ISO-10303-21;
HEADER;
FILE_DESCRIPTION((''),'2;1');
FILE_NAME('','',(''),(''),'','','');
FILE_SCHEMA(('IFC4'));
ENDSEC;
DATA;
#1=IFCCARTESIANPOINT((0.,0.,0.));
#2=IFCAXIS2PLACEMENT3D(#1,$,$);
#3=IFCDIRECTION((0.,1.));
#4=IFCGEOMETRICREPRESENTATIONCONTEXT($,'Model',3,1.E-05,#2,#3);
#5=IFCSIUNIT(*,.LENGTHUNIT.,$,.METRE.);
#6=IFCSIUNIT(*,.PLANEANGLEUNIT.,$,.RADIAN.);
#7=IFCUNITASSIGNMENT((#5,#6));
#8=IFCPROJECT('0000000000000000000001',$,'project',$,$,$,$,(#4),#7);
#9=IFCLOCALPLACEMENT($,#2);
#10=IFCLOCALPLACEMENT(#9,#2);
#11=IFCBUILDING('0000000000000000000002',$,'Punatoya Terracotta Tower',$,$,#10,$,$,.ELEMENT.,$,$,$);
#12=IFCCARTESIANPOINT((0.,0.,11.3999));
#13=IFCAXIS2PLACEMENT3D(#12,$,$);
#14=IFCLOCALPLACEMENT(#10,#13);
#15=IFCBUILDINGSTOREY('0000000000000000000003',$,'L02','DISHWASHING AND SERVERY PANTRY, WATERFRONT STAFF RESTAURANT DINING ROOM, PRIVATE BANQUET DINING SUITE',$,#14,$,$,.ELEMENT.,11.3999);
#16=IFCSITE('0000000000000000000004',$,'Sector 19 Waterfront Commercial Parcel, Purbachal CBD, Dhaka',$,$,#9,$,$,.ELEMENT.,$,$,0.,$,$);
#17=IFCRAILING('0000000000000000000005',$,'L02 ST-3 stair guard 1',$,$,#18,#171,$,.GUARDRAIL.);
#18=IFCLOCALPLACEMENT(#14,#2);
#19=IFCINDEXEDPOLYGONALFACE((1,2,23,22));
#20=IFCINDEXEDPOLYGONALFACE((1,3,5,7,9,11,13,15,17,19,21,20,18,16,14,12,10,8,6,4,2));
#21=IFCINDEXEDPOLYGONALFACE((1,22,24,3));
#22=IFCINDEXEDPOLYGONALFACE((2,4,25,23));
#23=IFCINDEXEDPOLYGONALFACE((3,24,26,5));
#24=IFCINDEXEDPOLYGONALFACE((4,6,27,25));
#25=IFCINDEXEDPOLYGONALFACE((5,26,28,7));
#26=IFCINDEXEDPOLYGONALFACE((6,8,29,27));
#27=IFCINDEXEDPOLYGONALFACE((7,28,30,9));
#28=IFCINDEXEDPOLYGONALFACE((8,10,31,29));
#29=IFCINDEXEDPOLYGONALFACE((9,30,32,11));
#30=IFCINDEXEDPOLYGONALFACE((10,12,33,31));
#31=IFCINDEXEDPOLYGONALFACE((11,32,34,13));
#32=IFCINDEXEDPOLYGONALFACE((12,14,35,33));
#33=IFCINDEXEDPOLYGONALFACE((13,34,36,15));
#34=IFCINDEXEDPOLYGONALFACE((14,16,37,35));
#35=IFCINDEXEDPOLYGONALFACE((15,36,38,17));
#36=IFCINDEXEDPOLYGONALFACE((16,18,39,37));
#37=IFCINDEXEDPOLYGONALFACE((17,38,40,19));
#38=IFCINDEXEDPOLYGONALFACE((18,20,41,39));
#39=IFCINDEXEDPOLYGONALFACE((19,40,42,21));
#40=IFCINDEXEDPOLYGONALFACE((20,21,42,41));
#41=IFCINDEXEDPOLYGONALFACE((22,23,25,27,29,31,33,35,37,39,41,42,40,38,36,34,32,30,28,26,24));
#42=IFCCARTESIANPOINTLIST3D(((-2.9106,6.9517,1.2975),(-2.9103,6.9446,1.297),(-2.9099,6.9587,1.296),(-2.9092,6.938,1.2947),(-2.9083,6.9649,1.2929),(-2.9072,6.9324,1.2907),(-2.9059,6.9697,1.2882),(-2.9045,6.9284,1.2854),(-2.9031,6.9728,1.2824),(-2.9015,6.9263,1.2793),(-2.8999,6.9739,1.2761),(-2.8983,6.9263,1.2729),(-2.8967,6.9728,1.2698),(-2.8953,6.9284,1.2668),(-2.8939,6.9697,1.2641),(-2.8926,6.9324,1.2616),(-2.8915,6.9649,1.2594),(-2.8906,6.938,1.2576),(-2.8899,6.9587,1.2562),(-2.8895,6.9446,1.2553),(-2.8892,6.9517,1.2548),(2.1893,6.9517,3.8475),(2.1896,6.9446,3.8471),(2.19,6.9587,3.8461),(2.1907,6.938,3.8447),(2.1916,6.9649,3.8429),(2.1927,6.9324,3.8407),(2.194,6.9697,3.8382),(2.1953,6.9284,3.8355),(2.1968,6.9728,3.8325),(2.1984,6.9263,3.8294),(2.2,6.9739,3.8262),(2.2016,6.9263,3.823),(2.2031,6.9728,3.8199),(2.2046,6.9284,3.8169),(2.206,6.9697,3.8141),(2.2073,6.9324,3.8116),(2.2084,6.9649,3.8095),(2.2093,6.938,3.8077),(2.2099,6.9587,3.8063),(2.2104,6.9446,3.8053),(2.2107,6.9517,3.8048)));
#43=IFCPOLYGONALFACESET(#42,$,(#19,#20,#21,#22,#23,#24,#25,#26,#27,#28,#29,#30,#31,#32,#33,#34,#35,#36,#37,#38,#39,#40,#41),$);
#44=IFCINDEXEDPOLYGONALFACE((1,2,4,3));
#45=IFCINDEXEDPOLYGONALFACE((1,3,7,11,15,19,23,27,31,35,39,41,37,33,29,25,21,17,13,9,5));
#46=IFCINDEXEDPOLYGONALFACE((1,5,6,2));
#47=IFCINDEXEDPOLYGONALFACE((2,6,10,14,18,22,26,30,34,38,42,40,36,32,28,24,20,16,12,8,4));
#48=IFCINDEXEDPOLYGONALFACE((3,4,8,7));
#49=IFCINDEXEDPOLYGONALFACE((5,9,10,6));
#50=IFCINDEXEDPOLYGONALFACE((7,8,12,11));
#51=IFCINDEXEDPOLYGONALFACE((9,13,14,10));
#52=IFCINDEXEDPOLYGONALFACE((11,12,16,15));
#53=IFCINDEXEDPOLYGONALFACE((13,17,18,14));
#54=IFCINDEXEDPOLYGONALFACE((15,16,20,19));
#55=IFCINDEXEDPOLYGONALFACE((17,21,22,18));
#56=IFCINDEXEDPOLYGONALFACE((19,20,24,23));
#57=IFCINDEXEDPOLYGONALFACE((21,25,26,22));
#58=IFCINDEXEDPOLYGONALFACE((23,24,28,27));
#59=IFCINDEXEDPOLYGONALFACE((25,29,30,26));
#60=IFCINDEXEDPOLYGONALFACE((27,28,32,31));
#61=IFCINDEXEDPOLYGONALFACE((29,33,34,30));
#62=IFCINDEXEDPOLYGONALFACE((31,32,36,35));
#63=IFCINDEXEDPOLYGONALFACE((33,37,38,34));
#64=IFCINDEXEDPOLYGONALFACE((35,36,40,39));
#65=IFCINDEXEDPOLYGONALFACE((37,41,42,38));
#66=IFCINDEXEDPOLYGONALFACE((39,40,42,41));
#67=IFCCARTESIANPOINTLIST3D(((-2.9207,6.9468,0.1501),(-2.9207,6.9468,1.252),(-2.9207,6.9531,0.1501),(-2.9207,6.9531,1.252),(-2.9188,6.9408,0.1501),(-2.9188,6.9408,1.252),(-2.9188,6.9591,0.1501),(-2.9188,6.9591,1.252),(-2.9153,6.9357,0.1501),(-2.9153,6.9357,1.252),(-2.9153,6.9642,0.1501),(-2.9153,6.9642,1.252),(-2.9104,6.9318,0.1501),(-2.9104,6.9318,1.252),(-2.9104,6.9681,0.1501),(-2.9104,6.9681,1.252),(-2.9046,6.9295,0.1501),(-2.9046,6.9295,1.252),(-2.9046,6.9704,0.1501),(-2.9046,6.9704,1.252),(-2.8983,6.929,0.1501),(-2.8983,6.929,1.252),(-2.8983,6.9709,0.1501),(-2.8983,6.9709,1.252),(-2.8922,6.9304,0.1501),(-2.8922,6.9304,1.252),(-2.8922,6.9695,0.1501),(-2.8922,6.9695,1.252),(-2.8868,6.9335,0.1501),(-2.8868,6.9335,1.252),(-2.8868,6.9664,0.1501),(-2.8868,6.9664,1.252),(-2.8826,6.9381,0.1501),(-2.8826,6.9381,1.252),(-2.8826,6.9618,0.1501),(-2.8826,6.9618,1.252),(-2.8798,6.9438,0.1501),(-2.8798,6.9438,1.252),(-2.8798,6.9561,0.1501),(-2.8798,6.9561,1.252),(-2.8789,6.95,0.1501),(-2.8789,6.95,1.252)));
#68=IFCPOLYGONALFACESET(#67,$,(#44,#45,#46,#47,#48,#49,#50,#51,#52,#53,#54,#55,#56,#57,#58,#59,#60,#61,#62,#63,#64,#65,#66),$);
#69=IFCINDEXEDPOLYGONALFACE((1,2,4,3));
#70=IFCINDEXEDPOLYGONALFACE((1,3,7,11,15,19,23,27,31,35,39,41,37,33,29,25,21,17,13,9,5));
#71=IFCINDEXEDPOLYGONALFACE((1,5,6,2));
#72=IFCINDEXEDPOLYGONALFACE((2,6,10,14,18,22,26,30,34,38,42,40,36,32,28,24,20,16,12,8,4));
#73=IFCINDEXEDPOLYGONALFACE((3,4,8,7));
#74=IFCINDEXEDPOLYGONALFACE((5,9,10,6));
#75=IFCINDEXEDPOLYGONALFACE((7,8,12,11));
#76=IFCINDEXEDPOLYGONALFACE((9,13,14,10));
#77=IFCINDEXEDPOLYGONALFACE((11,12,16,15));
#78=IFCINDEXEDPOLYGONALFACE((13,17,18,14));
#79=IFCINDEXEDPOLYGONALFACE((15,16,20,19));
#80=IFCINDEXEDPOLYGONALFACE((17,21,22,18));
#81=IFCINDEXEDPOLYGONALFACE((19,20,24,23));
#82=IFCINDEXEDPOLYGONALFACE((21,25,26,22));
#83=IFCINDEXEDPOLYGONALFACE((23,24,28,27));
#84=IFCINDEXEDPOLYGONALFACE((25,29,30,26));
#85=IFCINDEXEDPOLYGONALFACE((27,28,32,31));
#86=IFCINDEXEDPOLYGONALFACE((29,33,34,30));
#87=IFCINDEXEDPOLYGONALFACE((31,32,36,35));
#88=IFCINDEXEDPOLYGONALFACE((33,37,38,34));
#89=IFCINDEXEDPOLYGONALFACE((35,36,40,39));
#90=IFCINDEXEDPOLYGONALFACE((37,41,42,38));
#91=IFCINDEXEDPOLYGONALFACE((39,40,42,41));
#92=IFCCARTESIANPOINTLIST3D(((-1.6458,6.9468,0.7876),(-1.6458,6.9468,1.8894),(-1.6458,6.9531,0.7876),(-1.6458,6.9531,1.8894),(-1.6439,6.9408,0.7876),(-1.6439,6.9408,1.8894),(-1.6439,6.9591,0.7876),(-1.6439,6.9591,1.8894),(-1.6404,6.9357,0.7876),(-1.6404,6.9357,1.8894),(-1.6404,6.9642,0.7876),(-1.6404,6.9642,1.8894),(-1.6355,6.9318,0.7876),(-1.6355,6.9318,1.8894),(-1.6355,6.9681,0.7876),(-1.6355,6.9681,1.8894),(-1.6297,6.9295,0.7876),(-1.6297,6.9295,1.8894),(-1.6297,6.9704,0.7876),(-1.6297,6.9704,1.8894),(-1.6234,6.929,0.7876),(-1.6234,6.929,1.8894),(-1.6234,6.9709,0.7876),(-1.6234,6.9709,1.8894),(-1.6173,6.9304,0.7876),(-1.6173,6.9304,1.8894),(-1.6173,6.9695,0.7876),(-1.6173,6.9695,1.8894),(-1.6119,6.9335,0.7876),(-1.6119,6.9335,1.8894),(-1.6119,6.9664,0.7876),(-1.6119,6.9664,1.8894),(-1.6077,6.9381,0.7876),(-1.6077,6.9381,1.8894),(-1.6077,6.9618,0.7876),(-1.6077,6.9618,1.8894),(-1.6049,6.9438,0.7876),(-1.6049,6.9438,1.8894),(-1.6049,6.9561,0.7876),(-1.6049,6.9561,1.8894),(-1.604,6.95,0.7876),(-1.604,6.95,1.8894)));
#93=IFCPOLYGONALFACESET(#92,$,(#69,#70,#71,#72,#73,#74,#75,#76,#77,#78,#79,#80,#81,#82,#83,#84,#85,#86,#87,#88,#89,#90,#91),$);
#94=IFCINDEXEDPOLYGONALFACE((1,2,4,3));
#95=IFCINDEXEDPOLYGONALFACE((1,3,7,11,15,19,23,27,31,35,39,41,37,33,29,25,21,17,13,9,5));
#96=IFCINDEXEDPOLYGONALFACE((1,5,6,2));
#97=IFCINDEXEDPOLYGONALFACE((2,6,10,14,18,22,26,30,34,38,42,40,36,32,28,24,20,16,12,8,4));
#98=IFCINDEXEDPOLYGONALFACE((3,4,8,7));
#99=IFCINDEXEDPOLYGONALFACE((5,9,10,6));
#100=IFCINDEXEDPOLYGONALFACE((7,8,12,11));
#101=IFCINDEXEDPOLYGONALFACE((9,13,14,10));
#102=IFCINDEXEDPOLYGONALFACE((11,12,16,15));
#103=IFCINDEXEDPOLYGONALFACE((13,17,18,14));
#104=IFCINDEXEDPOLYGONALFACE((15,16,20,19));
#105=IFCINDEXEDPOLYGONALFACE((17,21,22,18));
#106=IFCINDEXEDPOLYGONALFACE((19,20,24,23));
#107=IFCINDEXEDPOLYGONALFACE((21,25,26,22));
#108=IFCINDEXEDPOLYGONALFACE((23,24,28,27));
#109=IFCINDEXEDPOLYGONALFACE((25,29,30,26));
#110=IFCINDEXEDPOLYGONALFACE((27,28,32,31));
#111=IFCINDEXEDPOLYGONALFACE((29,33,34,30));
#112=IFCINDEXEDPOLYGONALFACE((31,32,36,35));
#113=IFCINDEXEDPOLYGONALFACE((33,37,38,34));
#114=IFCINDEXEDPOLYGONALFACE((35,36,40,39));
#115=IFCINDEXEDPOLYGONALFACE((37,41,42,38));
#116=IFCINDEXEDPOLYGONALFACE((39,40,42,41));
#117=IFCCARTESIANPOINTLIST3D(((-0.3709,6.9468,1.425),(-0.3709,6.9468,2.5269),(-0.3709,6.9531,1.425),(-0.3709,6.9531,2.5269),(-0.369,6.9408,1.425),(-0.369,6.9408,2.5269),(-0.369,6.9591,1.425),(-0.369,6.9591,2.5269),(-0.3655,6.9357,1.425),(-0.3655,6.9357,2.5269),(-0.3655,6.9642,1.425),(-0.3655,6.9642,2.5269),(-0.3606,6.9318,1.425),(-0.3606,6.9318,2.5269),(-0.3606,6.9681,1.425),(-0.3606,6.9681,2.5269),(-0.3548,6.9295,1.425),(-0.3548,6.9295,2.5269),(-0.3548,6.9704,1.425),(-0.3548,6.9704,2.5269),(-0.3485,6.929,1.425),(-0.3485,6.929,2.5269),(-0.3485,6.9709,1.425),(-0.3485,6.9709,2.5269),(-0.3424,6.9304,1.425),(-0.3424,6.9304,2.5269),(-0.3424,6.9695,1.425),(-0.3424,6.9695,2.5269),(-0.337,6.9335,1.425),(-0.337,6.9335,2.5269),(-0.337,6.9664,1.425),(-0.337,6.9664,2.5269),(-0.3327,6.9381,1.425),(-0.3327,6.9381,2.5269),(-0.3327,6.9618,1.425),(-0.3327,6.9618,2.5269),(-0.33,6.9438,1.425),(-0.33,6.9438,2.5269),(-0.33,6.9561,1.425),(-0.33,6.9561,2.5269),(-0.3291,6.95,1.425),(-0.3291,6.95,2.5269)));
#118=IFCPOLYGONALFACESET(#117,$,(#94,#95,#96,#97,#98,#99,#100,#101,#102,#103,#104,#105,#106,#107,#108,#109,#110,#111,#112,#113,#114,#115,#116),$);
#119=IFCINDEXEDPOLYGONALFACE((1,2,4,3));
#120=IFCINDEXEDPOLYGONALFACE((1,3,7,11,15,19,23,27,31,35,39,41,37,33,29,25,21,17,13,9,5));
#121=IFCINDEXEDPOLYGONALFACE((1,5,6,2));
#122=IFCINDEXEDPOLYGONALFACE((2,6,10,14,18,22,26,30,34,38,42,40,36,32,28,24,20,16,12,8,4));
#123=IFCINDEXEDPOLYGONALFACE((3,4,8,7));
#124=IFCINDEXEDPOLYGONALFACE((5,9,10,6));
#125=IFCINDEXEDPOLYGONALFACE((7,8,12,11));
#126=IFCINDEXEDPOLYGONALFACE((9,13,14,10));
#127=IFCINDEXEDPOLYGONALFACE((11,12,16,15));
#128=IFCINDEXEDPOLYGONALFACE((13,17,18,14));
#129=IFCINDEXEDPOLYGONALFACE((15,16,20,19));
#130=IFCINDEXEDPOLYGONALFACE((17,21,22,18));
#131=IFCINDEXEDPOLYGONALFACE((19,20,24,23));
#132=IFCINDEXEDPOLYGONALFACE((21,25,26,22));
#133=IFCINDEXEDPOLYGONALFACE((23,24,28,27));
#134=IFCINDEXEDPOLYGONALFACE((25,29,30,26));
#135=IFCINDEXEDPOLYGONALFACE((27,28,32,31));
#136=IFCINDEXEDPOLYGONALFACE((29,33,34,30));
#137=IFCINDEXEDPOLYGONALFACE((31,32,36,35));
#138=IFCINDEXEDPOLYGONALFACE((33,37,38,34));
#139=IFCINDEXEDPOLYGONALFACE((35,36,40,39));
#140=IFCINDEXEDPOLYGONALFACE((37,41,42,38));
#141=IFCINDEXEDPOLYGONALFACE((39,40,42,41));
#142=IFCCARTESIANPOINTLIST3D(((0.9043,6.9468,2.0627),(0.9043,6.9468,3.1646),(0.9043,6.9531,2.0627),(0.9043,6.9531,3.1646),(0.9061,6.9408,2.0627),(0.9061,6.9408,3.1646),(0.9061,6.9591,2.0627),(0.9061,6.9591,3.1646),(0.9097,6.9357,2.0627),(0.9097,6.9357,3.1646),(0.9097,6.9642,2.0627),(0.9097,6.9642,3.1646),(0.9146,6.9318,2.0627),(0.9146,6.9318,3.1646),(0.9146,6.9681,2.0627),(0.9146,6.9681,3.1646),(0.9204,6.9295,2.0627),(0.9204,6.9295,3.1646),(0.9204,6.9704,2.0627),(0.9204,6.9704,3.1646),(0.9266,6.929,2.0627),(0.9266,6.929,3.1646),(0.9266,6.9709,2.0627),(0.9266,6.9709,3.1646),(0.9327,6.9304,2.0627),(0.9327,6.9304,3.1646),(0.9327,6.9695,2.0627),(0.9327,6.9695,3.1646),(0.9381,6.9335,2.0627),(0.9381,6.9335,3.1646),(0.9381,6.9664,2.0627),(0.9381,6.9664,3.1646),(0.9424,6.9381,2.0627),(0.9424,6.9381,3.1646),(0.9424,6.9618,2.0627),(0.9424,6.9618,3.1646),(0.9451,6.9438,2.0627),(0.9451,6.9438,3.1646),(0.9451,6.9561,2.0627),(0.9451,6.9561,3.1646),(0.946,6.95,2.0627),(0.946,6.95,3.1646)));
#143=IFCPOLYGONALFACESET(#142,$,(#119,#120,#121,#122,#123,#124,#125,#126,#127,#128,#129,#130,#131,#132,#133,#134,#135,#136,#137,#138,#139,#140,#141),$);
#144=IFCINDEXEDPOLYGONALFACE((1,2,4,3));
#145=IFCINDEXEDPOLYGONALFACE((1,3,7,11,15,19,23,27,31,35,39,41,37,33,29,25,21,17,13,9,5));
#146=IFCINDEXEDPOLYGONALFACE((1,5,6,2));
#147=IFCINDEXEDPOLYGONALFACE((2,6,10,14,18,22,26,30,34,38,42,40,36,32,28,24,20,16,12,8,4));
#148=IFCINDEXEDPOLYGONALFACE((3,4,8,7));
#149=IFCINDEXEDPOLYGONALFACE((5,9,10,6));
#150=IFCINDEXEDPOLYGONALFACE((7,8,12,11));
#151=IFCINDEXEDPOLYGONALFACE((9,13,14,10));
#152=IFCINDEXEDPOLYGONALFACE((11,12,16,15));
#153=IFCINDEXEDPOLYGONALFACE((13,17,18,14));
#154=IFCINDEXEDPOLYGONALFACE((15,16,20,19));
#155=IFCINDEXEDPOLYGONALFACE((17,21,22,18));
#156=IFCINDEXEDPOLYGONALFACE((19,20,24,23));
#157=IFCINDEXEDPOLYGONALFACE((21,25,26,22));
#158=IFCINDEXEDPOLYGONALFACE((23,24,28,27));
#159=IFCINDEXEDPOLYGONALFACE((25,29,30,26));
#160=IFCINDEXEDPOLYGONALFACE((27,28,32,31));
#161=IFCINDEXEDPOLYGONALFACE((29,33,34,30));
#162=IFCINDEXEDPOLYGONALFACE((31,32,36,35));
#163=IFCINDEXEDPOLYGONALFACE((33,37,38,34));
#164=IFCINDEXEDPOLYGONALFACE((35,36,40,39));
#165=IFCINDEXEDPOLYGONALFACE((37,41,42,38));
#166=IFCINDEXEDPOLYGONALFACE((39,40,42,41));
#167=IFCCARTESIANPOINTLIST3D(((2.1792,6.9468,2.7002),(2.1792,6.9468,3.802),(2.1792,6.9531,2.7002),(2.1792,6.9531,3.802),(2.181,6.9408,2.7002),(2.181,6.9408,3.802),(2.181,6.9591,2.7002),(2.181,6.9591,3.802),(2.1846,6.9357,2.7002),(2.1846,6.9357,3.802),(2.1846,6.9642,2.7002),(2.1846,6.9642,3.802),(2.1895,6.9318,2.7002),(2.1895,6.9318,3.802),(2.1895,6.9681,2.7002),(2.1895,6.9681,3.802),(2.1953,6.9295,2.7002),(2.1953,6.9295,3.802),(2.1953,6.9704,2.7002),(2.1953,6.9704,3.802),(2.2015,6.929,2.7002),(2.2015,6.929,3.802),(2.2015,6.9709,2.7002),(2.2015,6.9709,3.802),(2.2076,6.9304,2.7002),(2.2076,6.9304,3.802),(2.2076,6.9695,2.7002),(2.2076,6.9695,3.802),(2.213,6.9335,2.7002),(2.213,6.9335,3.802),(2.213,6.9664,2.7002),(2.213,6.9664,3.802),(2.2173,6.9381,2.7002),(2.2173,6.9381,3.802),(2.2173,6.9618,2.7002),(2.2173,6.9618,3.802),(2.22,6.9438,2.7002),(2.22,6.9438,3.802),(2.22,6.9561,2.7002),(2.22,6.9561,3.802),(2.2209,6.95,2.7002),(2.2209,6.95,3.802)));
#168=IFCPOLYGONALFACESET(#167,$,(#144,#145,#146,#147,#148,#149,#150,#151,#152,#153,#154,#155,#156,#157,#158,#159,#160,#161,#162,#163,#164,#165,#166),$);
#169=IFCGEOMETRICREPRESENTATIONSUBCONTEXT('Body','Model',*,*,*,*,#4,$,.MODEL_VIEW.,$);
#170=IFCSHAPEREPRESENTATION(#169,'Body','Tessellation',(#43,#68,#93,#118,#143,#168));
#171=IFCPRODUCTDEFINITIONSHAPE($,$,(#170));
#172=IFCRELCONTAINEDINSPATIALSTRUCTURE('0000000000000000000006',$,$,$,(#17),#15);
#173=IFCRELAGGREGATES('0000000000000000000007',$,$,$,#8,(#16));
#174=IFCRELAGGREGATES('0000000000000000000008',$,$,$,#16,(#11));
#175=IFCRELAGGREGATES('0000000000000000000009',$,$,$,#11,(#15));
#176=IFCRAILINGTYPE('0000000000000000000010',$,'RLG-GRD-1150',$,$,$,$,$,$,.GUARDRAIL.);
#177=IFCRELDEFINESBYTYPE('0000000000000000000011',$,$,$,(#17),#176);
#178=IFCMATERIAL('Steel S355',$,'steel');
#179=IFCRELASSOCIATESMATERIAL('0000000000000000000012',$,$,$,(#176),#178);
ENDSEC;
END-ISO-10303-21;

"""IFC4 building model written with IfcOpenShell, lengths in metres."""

from ifc_helpers import new_model, si_unit, direction, frame, origin, origin_2d, place, context, subcontext, project, spatial, circle, extrude, material, type_object, element, save


model = new_model("IFC4")

# Units and contexts
model_context = context("Model", 3, precision=1e-05, world=origin(), true_north=direction((0.0, 1.0)))
body_context = subcontext(model_context, "Body", "Model", "MODEL_VIEW")
ifc_project = project(units=[si_unit("LENGTHUNIT", "METRE"), si_unit("PLANEANGLEUNIT", "RADIAN")], contexts=[model_context])

# Site, building, storey
site_placement = place(None, origin())
site = spatial("IfcSite", under=ifc_project, at=site_placement, Name="Sector 19 Waterfront Commercial Parcel, Purbachal CBD, Dhaka", CompositionType="ELEMENT", RefElevation=0.0)
building_placement = place(site_placement, origin())
building = spatial("IfcBuilding", under=site, at=building_placement, Name="Punatoya Terracotta Tower", CompositionType="ELEMENT")
storey_placement = place(building_placement, frame((0.0, 0.0, 11.3999)))
storey = spatial("IfcBuildingStorey", under=building, at=storey_placement, Name="L02", Description="DISHWASHING AND SERVERY PANTRY, WATERFRONT STAFF RESTAURANT DINING ROOM, PRIVATE BANQUET DINING SUITE", CompositionType="ELEMENT", Elevation=11.3999)

# Shared definitions
ifc_material_1 = material(Name="Steel S355", Category="steel")

# Railing
railing_type_1 = type_object("IfcRailingType", Name="RLG-GRD-1150", PredefinedType="GUARDRAIL", material=ifc_material_1)
railing_1_placement = place(storey_placement, frame((-2.8999, 6.95, 0.1501)))
element("IfcRailing", 1, at=railing_1_placement, inside=storey, type_object=railing_type_1, Name="L02 ST-3 stair guard 1", PredefinedType="GUARDRAIL", context=body_context, shape_type="SweptSolid", body=[
    extrude(circle(Radius=0.0239, at=origin_2d()), frame((0.0, 0.0, 1.126), z_axis=(0.894419, 0.0, 0.447231), x_axis=(0.0, 1.0, 0.0)), (0.0, 0.0, 1.0), 5.7019),
    extrude(circle(Radius=0.021, at=origin_2d()), origin(), (0.0, 0.0, 1.0), 1.1018),
    extrude(circle(Radius=0.021, at=origin_2d()), frame((1.2749, 0.0, 0.6375)), (0.0, 0.0, 1.0), 1.1018),
    extrude(circle(Radius=0.021, at=origin_2d()), frame((2.5498, 0.0, 1.2749)), (0.0, 0.0, 1.0), 1.1018),
    extrude(circle(Radius=0.021, at=origin_2d()), frame((3.825, 0.0, 1.9126)), (0.0, 0.0, 1.0), 1.1018),
    extrude(circle(Radius=0.021, at=origin_2d()), frame((5.0999, 0.0, 2.55)), (0.0, 0.0, 1.0), 1.1018),
])

save(model, "model.ifc")
